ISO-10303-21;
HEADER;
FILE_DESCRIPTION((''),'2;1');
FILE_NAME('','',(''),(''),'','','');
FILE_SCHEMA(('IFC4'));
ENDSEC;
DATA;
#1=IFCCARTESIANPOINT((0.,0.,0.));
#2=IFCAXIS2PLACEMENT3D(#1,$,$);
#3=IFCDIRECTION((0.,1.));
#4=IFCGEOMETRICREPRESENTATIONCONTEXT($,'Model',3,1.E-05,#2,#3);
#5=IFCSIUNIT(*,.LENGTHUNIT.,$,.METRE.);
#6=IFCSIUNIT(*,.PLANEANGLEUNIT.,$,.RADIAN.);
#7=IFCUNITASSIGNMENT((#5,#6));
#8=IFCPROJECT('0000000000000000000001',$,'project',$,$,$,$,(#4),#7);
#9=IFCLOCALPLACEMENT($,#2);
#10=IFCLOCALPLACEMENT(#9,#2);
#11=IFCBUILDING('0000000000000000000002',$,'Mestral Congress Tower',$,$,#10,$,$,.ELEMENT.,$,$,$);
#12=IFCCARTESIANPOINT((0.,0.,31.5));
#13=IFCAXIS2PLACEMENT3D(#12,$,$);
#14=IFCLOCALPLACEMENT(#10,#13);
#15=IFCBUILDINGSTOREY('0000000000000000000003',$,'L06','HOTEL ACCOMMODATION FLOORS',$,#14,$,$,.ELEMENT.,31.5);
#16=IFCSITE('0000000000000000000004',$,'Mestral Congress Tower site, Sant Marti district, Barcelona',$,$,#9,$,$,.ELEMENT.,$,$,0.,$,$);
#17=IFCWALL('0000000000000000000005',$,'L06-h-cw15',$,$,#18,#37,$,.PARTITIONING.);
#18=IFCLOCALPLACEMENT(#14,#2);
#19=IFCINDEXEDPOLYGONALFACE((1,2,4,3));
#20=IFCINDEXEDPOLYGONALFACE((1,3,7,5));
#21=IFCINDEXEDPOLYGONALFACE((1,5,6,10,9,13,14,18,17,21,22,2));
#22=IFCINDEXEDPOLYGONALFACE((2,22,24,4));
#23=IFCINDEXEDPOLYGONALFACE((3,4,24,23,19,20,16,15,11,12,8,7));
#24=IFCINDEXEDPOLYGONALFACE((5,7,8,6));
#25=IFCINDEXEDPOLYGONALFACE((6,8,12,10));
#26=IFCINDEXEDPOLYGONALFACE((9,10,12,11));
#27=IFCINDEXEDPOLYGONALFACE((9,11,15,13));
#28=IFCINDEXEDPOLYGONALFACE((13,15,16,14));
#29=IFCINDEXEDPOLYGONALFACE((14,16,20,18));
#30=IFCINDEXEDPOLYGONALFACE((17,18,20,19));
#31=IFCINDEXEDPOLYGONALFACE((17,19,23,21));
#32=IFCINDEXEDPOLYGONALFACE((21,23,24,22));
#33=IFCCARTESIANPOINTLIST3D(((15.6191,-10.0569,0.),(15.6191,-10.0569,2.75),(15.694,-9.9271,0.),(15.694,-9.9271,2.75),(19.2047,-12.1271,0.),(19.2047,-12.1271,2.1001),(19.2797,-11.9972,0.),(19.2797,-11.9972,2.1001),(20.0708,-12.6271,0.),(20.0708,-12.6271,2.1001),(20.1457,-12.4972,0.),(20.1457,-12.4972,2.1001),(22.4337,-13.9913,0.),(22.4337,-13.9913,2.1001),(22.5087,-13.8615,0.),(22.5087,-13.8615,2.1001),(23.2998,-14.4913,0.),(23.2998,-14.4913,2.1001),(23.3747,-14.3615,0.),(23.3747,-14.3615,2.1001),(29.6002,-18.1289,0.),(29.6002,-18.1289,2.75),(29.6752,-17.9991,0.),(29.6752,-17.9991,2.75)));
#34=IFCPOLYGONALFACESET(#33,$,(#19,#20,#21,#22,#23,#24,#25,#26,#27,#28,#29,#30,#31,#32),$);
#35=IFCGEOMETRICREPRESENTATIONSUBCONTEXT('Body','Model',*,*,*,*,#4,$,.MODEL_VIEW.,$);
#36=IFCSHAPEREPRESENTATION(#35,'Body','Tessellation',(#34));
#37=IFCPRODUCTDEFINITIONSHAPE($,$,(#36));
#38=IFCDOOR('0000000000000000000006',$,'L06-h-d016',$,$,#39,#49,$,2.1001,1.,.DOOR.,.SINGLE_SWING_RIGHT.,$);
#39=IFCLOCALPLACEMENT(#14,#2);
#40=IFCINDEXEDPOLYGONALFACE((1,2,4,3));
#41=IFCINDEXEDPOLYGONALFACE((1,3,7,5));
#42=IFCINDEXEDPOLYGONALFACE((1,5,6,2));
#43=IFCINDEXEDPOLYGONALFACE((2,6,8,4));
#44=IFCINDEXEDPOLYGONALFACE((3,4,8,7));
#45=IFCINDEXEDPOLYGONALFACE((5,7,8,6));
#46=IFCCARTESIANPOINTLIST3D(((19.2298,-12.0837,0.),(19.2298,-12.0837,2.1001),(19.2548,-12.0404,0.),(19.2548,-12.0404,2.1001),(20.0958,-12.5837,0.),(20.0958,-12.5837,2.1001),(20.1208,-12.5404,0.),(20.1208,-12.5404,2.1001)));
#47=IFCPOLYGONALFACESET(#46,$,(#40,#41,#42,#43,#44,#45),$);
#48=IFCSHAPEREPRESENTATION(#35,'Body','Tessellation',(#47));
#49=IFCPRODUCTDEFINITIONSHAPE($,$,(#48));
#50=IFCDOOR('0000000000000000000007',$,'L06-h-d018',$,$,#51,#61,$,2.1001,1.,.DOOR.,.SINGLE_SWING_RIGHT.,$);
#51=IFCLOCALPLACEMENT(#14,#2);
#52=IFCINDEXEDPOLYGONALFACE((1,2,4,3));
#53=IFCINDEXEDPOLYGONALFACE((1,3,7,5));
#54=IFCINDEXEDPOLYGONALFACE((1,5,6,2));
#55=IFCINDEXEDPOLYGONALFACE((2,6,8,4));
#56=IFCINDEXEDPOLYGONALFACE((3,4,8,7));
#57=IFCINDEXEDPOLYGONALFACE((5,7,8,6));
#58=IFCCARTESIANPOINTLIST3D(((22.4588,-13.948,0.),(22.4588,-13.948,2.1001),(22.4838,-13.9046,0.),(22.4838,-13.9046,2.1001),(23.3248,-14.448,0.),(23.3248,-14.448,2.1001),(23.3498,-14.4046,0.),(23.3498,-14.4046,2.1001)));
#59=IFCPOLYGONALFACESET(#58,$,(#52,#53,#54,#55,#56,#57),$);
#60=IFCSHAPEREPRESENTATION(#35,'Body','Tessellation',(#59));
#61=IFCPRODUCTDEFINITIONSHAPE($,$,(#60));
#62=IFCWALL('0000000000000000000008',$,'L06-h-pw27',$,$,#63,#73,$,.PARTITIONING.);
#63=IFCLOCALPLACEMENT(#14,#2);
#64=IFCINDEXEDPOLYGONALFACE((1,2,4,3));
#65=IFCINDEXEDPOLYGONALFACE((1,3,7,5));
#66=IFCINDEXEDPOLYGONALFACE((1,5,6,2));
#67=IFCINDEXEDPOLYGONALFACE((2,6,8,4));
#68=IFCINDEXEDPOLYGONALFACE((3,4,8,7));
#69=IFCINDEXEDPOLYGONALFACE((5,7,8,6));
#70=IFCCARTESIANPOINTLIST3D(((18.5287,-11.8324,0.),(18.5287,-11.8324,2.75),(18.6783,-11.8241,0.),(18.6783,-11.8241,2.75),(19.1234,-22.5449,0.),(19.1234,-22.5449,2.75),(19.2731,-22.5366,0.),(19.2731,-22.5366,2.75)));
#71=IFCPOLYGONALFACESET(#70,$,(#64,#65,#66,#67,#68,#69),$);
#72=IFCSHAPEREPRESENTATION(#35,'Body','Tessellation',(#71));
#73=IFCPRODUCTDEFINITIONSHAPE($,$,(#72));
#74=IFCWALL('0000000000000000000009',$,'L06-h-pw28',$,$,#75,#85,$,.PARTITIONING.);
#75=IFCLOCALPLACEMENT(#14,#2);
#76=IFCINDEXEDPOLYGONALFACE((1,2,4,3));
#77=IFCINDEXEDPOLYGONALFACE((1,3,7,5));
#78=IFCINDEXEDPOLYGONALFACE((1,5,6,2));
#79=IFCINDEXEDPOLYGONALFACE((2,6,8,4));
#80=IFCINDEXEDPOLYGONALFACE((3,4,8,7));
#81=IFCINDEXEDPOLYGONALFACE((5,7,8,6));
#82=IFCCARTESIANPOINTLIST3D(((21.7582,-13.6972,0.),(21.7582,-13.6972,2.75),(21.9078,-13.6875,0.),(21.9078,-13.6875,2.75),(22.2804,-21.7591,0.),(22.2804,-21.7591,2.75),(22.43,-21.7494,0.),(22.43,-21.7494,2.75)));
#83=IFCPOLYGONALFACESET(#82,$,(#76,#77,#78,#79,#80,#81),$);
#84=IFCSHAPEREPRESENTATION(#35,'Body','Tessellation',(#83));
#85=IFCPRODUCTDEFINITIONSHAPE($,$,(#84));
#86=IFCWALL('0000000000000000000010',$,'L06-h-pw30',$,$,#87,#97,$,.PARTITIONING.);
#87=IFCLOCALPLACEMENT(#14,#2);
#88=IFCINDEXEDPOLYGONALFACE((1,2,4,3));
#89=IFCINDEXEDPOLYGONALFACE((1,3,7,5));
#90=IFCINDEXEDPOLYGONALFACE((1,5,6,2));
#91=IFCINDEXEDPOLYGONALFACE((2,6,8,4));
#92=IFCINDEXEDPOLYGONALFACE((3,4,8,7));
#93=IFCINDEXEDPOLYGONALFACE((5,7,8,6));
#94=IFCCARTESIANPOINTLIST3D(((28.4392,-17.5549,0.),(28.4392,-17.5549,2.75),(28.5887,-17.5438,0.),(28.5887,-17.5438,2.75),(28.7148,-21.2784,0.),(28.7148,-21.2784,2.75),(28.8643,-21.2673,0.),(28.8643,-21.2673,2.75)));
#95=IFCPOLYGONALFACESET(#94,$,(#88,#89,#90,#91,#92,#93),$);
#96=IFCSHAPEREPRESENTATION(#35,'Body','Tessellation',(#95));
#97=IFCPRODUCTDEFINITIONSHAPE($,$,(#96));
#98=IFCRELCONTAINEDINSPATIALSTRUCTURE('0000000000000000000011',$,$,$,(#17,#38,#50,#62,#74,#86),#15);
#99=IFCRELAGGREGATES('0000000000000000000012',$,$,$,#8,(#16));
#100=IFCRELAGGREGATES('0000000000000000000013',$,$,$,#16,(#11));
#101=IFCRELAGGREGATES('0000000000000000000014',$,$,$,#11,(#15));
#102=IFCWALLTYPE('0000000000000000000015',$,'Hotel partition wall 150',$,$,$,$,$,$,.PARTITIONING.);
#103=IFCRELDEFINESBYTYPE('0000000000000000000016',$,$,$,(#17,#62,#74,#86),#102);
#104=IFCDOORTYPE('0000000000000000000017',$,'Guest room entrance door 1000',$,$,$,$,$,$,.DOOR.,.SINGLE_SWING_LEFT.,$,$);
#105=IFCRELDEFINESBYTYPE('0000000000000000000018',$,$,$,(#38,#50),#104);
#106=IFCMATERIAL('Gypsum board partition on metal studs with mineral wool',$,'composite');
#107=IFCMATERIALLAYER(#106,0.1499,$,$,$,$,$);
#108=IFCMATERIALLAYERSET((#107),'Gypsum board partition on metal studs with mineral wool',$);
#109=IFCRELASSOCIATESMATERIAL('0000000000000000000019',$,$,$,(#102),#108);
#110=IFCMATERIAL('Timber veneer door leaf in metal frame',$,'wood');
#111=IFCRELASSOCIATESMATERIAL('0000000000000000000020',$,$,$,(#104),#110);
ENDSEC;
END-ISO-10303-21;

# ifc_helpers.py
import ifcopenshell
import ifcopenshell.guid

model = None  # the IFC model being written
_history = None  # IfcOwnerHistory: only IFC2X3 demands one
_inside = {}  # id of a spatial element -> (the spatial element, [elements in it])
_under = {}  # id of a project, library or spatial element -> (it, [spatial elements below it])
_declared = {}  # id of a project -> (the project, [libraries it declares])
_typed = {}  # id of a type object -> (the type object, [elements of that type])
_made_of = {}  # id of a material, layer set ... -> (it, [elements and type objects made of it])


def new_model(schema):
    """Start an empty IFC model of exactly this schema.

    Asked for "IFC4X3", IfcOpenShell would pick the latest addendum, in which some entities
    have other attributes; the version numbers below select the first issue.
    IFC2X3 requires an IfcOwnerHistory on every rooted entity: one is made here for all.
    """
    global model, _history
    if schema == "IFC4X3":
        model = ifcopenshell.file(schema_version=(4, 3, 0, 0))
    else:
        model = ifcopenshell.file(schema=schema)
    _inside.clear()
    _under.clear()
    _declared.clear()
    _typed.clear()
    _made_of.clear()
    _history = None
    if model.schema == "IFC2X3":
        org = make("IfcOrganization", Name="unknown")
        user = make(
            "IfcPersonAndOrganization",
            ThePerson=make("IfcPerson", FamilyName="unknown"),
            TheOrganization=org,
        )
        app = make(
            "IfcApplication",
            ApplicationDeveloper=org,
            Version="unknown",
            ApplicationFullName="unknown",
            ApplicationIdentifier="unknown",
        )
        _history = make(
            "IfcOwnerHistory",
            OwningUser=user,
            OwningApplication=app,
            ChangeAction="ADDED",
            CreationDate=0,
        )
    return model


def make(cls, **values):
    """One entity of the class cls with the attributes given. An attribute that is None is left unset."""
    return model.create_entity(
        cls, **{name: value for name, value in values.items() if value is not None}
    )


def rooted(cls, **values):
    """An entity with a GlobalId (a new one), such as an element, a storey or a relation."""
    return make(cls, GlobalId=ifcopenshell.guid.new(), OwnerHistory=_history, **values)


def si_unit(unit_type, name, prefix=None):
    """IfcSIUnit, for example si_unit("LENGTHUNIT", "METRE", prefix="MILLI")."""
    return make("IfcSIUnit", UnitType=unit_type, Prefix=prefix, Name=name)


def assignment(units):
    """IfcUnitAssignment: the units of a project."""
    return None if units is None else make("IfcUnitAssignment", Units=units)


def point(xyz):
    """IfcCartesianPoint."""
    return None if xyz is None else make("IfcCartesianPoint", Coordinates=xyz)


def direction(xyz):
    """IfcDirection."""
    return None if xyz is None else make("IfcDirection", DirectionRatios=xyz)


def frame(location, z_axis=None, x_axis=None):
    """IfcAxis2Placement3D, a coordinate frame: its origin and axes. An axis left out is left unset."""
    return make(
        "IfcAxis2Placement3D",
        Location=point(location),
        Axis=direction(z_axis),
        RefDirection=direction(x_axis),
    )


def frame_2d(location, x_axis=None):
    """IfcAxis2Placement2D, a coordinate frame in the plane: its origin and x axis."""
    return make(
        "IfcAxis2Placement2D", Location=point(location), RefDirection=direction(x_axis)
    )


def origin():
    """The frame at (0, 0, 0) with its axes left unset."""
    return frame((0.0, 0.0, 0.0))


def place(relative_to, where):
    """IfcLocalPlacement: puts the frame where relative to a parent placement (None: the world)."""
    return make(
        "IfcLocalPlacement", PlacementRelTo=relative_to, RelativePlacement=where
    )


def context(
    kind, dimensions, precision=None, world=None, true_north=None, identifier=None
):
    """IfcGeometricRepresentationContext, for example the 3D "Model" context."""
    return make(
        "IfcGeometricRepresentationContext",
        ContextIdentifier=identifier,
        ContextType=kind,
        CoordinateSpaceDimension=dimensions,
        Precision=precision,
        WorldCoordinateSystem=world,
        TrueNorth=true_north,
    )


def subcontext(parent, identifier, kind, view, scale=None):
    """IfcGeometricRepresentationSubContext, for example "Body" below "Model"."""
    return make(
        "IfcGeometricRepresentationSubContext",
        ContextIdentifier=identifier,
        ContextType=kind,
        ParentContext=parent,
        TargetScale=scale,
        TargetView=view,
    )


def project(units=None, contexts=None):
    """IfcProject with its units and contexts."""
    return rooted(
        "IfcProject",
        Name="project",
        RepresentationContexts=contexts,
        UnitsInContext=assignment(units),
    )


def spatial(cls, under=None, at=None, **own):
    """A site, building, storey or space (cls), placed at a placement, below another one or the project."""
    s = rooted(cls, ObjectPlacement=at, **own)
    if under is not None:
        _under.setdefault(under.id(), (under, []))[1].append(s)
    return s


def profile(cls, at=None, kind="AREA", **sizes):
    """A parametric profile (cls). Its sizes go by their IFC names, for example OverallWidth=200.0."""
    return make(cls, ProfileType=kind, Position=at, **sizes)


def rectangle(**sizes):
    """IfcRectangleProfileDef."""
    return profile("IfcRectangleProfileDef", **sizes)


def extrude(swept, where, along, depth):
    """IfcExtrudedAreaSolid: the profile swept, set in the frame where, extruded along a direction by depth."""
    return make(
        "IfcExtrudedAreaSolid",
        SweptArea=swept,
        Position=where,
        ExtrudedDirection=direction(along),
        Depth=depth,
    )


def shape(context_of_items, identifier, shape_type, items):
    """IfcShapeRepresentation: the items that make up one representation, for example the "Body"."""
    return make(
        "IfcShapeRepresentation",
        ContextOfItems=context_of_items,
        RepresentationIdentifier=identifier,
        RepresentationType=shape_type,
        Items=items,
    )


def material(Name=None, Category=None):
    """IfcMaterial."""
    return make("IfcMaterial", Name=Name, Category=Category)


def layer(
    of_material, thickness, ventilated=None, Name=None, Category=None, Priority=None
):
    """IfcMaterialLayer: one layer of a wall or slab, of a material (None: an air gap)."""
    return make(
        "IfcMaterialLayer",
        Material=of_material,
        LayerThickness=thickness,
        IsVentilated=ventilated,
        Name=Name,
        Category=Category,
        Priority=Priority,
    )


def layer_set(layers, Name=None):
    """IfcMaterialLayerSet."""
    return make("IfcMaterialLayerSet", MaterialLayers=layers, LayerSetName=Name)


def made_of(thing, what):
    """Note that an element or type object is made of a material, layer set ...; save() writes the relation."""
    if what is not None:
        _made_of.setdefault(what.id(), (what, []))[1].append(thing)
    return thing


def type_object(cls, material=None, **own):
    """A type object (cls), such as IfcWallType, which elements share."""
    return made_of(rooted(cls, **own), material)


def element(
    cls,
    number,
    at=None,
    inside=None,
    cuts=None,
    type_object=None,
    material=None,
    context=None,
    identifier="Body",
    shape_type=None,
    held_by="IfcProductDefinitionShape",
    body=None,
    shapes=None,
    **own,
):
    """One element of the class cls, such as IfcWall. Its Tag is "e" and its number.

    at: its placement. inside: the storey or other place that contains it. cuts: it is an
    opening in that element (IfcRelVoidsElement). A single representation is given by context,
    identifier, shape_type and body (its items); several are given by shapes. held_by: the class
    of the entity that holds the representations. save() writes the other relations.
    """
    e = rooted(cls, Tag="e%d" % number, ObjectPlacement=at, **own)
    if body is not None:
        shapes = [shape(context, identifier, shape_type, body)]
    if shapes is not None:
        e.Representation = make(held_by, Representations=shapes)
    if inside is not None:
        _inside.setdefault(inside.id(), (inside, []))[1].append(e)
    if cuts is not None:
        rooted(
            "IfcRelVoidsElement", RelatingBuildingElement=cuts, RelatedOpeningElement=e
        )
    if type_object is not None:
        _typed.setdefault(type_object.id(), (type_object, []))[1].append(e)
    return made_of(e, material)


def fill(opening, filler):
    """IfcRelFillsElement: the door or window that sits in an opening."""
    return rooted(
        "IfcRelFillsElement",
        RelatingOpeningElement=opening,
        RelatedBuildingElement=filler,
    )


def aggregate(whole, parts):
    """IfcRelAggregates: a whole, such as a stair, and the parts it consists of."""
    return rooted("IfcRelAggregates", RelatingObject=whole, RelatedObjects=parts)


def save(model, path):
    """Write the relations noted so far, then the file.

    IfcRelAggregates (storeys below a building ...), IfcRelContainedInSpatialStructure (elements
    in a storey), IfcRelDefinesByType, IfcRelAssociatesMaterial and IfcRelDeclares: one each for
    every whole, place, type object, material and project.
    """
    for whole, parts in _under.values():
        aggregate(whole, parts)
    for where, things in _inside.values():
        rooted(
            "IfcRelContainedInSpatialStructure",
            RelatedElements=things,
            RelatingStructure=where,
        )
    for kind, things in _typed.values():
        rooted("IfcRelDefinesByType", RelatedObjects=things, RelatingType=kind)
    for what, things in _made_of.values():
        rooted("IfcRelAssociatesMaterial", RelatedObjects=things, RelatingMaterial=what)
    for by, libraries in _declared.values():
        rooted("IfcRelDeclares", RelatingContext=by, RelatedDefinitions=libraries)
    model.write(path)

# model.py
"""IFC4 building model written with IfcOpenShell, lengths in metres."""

from ifc_helpers import new_model, si_unit, direction, frame, frame_2d, origin, place, context, subcontext, project, spatial, rectangle, extrude, material, layer, layer_set, type_object, element, fill, save


model = new_model("IFC4")

# Units and contexts
model_context = context("Model", 3, precision=1e-05, world=origin(), true_north=direction((0.0, 1.0)))
body_context = subcontext(model_context, "Body", "Model", "MODEL_VIEW")
ifc_project = project(units=[si_unit("LENGTHUNIT", "METRE"), si_unit("PLANEANGLEUNIT", "RADIAN")], contexts=[model_context])

# Site, building, storey
site_placement = place(None, origin())
site = spatial("IfcSite", under=ifc_project, at=site_placement, Name="Mestral Congress Tower site, Sant Marti district, Barcelona", CompositionType="ELEMENT", RefElevation=0.0)
building_placement = place(site_placement, origin())
building = spatial("IfcBuilding", under=site, at=building_placement, Name="Mestral Congress Tower", CompositionType="ELEMENT")
storey_placement = place(building_placement, frame((0.0, 0.0, 31.5)))
storey = spatial("IfcBuildingStorey", under=building, at=storey_placement, Name="L06", Description="HOTEL ACCOMMODATION FLOORS", CompositionType="ELEMENT", Elevation=31.5)

# Shared definitions
ifc_material_1 = material(Name="Gypsum board partition on metal studs with mineral wool", Category="composite")

# Wall, openings, doors
ifc_layer_1 = layer(ifc_material_1, 0.1499)
ifc_layer_set_1 = layer_set([ifc_layer_1], Name="Gypsum board partition on metal studs with mineral wool")
wall_type_1 = type_object("IfcWallType", Name="Hotel partition wall 150", PredefinedType="PARTITIONING", material=ifc_layer_set_1)
wall_1_placement = place(storey_placement, frame((29.6377, -18.064, 0.0), z_axis=(0.0, 0.0, 1.0), x_axis=(-0.866026, 0.499999, 0.0)))
wall_1 = element("IfcWall", 1, at=wall_1_placement, inside=storey, type_object=wall_type_1, Name="L06-h-cw15", PredefinedType="PARTITIONING", context=body_context, shape_type="SweptSolid", body=[
    extrude(rectangle(XDim=16.144, YDim=0.1499, at=frame_2d((8.072, 0.0))), origin(), (0.0, 0.0, 1.0), 2.75),
])
opening_1_placement = place(wall_1_placement, frame((11.0037, 0.0, 0.0)))
opening_1 = element("IfcOpeningElement", 2, at=opening_1_placement, cuts=wall_1, PredefinedType="OPENING", context=body_context, shape_type="SweptSolid", body=[
    extrude(rectangle(XDim=1.0, YDim=2.1001, at=frame_2d((0.5, 1.05))), frame((0.0, 0.085, 0.0), z_axis=(0.0, -1.0, 0.0), x_axis=(1.0, 0.0, 0.0)), (0.0, 0.0, 1.0), 0.1699),
])
opening_2_placement = place(wall_1_placement, frame((7.2751, 0.0, 0.0)))
opening_2 = element("IfcOpeningElement", 3, at=opening_2_placement, cuts=wall_1, PredefinedType="OPENING", context=body_context, shape_type="SweptSolid", body=[
    extrude(rectangle(XDim=1.0, YDim=2.1001, at=frame_2d((0.5, 1.05))), frame((0.0, 0.085, 0.0), z_axis=(0.0, -1.0, 0.0), x_axis=(1.0, 0.0, 0.0)), (0.0, 0.0, 1.0), 0.1699),
])
ifc_material_2 = material(Name="Timber veneer door leaf in metal frame", Category="wood")
door_type = type_object("IfcDoorType", Name="Guest room entrance door 1000", OperationType="SINGLE_SWING_LEFT", PredefinedType="DOOR", material=ifc_material_2)
door_1_placement = place(opening_1_placement, origin())
door_1 = element("IfcDoor", 4, at=door_1_placement, inside=storey, type_object=door_type, Name="L06-h-d016", OperationType="SINGLE_SWING_RIGHT", OverallHeight=2.1001, OverallWidth=1.0, PredefinedType="DOOR", context=body_context, shape_type="SweptSolid", body=[
    extrude(rectangle(XDim=1.0, YDim=2.1001, at=frame_2d((0.5, 1.05))), frame((0.0, 0.0249, 0.0), z_axis=(0.0, -1.0, 0.0), x_axis=(1.0, 0.0, 0.0)), (0.0, 0.0, 1.0), 0.05),
])
fill(opening_1, door_1)
door_2_placement = place(opening_2_placement, origin())
door_2 = element("IfcDoor", 5, at=door_2_placement, inside=storey, type_object=door_type, Name="L06-h-d018", OperationType="SINGLE_SWING_RIGHT", OverallHeight=2.1001, OverallWidth=1.0, PredefinedType="DOOR", context=body_context, shape_type="SweptSolid", body=[
    extrude(rectangle(XDim=1.0, YDim=2.1001, at=frame_2d((0.5, 1.05))), frame((0.0, 0.0249, 0.0), z_axis=(0.0, -1.0, 0.0), x_axis=(1.0, 0.0, 0.0)), (0.0, 0.0, 1.0), 0.05),
])
fill(opening_2, door_2)

# Walls
wall_2_placement = place(storey_placement, frame((19.1982, -22.5408, 0.0), z_axis=(0.0, 0.0, 1.0), x_axis=(-0.055432, 0.998462, 0.0)))
element("IfcWall", 6, at=wall_2_placement, inside=storey, type_object=wall_type_1, Name="L06-h-pw27", PredefinedType="PARTITIONING", context=body_context, shape_type="SweptSolid", body=[
    extrude(rectangle(XDim=10.729, YDim=0.1499, at=frame_2d((5.3645, 0.0))), origin(), (0.0, 0.0, 1.0), 2.75),
])
wall_3_placement = place(storey_placement, frame((22.3552, -21.7544, 0.0), z_axis=(0.0, 0.0, 1.0), x_axis=(-0.06464, 0.997909, 0.0)))
element("IfcWall", 7, at=wall_3_placement, inside=storey, type_object=wall_type_1, Name="L06-h-pw28", PredefinedType="PARTITIONING", context=body_context, shape_type="SweptSolid", body=[
    extrude(rectangle(XDim=8.0789, YDim=0.1499, at=frame_2d((4.0396, 0.0))), origin(), (0.0, 0.0, 1.0), 2.75),
])
wall_4_placement = place(storey_placement, frame((28.7896, -21.2727, 0.0), z_axis=(0.0, 0.0, 1.0), x_axis=(-0.073826, 0.997271, 0.0)))
element("IfcWall", 8, at=wall_4_placement, inside=storey, type_object=wall_type_1, Name="L06-h-pw30", PredefinedType="PARTITIONING", context=body_context, shape_type="SweptSolid", body=[
    extrude(rectangle(XDim=3.7336, YDim=0.1499, at=frame_2d((1.8667, 0.0))), origin(), (0.0, 0.0, 1.0), 2.75),
])

save(model, "model.ifc")
